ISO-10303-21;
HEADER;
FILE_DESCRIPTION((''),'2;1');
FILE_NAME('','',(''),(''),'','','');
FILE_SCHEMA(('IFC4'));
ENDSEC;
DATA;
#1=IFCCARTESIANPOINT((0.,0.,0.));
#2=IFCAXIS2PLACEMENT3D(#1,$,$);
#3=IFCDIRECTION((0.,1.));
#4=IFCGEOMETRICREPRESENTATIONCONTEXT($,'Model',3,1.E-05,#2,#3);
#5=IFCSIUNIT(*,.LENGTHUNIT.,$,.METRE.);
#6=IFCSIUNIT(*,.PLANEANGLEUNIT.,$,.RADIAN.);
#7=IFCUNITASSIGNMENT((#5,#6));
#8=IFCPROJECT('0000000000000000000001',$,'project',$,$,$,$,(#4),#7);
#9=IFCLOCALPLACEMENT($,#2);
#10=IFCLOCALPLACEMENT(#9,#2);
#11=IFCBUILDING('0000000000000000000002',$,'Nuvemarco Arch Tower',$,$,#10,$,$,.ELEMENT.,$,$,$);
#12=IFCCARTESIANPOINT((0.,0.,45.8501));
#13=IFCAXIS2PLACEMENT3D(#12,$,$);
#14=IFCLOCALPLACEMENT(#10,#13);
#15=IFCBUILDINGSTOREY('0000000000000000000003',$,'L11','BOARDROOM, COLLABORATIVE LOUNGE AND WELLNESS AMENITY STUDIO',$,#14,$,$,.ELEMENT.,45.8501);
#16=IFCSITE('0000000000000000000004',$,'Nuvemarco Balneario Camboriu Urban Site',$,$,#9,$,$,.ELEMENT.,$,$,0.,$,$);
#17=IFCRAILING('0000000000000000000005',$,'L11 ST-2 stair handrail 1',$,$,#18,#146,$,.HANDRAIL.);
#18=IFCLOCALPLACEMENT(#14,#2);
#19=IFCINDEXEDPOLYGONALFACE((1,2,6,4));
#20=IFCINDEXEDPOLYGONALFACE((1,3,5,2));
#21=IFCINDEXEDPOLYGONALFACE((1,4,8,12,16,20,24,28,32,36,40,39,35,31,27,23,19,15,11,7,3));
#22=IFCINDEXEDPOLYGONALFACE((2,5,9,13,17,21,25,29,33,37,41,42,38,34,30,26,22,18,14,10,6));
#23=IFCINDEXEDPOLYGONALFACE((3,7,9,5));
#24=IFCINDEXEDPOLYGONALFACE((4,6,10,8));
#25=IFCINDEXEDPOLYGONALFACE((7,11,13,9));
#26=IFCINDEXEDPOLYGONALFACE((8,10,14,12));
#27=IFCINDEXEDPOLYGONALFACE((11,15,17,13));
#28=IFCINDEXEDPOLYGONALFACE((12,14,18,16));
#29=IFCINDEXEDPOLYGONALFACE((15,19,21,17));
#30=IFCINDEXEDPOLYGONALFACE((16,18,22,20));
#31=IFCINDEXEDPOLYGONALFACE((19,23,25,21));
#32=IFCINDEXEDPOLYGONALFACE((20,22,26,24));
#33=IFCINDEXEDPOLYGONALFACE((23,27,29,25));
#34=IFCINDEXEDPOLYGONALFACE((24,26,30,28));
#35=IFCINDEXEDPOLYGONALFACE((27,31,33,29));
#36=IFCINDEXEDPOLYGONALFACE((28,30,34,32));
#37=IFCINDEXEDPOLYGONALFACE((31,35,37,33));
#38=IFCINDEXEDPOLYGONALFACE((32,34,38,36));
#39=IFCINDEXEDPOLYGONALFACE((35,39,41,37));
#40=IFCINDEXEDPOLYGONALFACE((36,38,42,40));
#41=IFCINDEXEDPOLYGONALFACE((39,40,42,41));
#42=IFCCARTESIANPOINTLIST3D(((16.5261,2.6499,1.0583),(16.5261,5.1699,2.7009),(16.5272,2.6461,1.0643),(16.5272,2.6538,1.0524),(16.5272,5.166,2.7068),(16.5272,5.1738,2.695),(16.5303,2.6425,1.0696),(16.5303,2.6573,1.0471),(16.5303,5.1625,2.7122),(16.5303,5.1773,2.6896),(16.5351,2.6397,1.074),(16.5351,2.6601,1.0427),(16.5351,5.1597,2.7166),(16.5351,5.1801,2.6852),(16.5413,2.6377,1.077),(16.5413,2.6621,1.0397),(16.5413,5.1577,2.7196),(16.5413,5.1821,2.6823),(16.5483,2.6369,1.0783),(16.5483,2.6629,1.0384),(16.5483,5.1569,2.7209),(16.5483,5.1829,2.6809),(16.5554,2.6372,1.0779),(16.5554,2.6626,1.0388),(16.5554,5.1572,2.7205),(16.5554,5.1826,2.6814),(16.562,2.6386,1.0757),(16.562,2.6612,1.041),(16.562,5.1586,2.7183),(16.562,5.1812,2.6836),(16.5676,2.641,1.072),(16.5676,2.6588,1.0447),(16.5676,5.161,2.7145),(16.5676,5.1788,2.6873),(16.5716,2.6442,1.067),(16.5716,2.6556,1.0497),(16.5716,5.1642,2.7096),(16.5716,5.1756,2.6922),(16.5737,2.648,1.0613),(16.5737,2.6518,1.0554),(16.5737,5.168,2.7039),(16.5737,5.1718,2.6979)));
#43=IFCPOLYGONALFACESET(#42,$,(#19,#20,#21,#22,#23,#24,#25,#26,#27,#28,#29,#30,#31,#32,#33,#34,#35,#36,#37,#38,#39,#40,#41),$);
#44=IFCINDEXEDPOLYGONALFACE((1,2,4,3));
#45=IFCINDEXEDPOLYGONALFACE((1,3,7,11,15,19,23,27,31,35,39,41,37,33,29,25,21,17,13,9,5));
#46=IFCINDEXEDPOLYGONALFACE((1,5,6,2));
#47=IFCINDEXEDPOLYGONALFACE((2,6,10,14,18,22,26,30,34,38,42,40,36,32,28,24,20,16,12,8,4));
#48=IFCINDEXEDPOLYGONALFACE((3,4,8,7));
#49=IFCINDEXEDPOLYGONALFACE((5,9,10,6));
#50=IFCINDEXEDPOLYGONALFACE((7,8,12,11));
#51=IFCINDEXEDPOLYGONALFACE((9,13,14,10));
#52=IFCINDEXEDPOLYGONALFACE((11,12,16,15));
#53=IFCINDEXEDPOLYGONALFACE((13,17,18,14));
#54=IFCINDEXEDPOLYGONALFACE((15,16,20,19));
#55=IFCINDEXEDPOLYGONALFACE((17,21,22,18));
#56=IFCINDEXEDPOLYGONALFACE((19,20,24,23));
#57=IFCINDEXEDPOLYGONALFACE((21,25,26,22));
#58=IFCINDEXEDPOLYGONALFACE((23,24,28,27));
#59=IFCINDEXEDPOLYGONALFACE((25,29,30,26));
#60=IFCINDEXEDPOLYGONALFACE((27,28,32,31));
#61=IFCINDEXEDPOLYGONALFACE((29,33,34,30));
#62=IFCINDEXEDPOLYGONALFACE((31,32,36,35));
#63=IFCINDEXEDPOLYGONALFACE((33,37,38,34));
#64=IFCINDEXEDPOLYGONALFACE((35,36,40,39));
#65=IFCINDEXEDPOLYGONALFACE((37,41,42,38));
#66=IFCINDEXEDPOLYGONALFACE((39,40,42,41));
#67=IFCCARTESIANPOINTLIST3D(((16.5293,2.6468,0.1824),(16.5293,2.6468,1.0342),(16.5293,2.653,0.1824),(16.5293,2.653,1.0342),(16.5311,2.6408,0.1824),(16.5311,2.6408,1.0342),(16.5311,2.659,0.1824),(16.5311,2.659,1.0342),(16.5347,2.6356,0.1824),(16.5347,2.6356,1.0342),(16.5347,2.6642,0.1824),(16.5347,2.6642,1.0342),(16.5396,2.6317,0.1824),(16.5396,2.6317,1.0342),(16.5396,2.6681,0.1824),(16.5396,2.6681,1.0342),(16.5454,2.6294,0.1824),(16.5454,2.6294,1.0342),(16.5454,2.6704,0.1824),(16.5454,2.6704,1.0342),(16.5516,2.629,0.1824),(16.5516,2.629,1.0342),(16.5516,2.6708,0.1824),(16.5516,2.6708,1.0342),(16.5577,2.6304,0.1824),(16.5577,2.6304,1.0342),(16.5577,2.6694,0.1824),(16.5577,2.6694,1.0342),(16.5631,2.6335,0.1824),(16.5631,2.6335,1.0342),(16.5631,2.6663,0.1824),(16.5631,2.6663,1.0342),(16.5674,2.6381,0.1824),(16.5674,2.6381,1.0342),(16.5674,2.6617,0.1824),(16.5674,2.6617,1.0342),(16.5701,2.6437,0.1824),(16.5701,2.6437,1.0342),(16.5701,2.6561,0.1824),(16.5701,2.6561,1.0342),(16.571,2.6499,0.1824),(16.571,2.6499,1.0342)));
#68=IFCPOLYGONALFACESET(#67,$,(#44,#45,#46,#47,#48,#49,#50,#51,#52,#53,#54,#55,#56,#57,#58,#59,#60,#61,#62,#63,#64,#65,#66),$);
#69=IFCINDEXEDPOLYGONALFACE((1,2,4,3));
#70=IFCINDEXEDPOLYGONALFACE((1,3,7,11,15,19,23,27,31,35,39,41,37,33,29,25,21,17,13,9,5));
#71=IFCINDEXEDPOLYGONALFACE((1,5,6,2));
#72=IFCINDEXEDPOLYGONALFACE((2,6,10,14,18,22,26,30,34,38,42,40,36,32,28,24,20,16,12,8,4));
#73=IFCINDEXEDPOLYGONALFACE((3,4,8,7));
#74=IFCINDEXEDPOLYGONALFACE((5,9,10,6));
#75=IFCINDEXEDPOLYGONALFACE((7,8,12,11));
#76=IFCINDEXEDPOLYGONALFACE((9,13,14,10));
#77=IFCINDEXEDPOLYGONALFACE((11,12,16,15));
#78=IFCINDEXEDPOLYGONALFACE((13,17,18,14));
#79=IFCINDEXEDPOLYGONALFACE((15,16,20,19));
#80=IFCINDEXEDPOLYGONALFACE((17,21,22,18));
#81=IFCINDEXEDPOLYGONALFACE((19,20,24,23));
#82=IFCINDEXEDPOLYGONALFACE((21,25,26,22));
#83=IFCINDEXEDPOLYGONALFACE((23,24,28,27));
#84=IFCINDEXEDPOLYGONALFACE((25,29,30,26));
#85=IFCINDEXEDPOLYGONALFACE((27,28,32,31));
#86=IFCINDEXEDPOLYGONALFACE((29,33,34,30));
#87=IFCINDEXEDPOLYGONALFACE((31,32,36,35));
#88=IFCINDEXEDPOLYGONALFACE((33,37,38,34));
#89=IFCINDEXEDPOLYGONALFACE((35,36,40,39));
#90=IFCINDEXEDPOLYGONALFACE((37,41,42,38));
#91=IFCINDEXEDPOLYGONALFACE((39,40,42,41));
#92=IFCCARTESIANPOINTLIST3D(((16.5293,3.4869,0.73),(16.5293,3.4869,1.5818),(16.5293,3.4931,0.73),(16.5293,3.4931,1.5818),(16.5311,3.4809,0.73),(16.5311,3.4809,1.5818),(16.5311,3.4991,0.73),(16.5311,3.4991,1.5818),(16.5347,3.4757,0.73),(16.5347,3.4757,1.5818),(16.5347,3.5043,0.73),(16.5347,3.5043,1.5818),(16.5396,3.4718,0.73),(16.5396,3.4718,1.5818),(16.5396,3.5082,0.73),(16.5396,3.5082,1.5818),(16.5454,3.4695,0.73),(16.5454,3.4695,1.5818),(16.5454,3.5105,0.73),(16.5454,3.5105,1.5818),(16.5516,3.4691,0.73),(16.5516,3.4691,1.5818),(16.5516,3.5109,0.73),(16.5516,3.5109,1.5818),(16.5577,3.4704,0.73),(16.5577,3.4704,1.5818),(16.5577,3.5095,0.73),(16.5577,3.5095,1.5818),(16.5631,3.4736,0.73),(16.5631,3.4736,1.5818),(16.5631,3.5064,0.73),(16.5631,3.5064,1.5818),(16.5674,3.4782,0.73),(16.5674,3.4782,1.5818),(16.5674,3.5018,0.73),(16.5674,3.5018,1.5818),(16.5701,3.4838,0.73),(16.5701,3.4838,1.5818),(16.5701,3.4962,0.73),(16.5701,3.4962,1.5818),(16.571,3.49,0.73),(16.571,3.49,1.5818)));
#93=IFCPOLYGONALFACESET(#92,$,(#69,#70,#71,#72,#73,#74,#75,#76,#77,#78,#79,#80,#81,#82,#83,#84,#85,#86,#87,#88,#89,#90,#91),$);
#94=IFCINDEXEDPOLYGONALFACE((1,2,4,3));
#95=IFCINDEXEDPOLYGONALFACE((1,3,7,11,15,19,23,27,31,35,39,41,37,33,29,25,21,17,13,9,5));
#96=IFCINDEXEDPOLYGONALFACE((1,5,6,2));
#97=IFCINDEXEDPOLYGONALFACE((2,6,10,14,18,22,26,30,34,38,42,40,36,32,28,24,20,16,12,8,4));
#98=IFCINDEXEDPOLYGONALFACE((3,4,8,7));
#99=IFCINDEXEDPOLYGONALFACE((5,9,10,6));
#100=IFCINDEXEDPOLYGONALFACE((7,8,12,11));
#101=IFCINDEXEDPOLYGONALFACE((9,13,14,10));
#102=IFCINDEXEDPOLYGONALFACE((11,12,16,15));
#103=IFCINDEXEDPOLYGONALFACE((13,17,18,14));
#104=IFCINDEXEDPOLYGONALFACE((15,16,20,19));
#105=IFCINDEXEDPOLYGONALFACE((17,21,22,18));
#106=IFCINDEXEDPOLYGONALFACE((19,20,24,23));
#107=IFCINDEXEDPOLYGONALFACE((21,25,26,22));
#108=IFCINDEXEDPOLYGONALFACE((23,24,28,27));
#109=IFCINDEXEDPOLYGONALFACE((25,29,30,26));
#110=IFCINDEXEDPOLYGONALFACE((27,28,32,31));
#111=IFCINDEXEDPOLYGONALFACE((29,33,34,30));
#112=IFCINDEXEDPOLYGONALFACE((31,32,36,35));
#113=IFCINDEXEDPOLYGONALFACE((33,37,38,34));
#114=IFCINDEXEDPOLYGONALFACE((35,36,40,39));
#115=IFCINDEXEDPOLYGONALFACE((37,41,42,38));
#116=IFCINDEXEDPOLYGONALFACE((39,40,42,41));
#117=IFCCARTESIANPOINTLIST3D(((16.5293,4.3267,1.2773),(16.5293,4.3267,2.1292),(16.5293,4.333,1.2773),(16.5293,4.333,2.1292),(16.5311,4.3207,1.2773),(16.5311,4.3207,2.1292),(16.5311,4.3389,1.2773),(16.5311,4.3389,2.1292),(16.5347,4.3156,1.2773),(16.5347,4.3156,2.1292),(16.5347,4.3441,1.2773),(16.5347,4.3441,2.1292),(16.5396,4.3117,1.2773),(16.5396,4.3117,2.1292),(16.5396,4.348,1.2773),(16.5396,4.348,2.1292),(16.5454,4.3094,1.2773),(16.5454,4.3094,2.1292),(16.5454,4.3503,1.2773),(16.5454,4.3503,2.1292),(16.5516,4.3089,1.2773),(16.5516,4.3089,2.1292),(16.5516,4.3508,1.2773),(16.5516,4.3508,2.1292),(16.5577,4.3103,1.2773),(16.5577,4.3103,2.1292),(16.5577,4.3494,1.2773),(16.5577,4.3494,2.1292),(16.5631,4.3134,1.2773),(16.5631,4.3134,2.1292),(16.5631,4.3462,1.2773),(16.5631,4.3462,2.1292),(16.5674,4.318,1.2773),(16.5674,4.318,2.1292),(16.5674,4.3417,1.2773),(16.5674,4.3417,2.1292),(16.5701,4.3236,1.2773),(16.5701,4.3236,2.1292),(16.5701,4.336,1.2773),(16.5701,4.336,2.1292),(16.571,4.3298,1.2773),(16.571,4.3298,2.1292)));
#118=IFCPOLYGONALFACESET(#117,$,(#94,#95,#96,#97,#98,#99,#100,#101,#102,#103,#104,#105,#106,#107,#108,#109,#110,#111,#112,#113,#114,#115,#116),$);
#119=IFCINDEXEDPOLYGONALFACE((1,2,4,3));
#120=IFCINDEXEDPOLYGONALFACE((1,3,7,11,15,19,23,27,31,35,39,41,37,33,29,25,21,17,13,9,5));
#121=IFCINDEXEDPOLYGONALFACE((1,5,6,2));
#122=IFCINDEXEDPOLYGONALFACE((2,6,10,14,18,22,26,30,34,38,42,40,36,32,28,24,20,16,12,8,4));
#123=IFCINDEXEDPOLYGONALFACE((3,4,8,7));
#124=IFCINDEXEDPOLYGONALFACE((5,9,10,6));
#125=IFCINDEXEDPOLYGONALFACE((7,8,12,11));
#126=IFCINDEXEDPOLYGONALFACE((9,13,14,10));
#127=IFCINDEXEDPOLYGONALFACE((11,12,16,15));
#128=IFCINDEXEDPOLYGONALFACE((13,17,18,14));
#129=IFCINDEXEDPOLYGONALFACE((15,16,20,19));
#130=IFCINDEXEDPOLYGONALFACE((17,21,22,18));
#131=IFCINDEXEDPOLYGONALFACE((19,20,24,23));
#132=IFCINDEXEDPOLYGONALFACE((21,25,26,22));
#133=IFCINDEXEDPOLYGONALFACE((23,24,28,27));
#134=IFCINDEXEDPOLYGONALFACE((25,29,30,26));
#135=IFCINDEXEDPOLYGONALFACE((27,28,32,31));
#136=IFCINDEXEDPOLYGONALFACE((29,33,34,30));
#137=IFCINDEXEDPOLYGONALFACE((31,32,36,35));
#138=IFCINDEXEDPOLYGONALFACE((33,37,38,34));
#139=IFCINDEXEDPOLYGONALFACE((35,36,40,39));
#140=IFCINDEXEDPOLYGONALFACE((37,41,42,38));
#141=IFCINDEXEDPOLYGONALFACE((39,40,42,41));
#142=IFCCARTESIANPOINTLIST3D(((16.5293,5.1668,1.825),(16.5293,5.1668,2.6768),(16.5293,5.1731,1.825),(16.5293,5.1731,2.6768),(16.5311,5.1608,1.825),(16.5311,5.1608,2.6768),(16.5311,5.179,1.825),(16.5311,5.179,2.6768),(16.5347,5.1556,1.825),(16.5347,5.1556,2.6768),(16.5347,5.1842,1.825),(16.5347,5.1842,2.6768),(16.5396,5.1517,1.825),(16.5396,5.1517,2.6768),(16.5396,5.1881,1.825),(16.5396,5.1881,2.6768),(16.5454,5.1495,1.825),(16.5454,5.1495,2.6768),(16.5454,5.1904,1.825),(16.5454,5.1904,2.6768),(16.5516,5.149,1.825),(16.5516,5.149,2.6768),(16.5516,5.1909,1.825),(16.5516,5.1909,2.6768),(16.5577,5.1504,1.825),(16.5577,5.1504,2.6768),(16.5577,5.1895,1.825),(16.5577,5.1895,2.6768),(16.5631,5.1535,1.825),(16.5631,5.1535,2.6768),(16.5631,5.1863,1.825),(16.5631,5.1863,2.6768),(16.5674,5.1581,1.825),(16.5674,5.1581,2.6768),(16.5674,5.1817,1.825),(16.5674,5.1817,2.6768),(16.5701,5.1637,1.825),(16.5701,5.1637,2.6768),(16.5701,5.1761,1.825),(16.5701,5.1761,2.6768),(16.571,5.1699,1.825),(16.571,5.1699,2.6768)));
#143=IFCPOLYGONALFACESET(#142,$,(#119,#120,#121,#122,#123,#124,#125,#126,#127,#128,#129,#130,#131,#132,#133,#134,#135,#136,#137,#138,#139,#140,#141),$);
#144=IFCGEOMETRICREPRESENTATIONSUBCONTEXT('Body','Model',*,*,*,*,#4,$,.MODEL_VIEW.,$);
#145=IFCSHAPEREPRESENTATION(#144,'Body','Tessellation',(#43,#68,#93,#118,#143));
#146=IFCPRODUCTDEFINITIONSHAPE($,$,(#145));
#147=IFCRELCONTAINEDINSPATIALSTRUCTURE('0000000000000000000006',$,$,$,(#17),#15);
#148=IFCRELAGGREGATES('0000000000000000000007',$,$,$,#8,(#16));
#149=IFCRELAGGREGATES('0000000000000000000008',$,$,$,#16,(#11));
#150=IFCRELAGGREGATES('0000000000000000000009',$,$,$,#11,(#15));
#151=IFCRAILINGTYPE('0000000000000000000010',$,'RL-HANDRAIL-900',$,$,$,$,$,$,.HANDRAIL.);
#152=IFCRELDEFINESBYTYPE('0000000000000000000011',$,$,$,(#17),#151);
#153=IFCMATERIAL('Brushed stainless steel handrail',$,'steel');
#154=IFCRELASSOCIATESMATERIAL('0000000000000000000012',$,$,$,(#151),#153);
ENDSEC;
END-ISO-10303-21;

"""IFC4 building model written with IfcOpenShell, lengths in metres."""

from ifc_helpers import new_model, si_unit, direction, frame, origin, origin_2d, place, context, subcontext, project, spatial, circle, extrude, material, type_object, element, save


model = new_model("IFC4")

# Units and contexts
model_context = context("Model", 3, precision=1e-05, world=origin(), true_north=direction((0.0, 1.0)))
body_context = subcontext(model_context, "Body", "Model", "MODEL_VIEW")
ifc_project = project(units=[si_unit("LENGTHUNIT", "METRE"), si_unit("PLANEANGLEUNIT", "RADIAN")], contexts=[model_context])

# Site, building, storey
site_placement = place(None, origin())
site = spatial("IfcSite", under=ifc_project, at=site_placement, Name="Nuvemarco Balneario Camboriu Urban Site", CompositionType="ELEMENT", RefElevation=0.0)
building_placement = place(site_placement, origin())
building = spatial("IfcBuilding", under=site, at=building_placement, Name="Nuvemarco Arch Tower", CompositionType="ELEMENT")
storey_placement = place(building_placement, frame((0.0, 0.0, 45.8501)))
storey = spatial("IfcBuildingStorey", under=building, at=storey_placement, Name="L11", Description="BOARDROOM, COLLABORATIVE LOUNGE AND WELLNESS AMENITY STUDIO", CompositionType="ELEMENT", Elevation=45.8501)

# Railing
ifc_material_1 = material(Name="Brushed stainless steel handrail", Category="steel")
railing_type_1 = type_object("IfcRailingType", Name="RL-HANDRAIL-900", PredefinedType="HANDRAIL", material=ifc_material_1)
railing_1_placement = place(storey_placement, frame((16.55, 2.6499, 0.1824)))
element("IfcRailing", 1, at=railing_1_placement, inside=storey, type_object=railing_type_1, Name="L11 ST-2 stair handrail 1", PredefinedType="HANDRAIL", context=body_context, shape_type="SweptSolid", body=[
    extrude(circle(Radius=0.0239, at=origin_2d()), frame((0.0, 0.0, 0.876), z_axis=(0.0, 0.837749, 0.546055), x_axis=(-1.0, 0.0, 0.0)), (0.0, 0.0, 1.0), 3.0081),
    extrude(circle(Radius=0.021, at=origin_2d()), origin(), (0.0, 0.0, 1.0), 0.8518),
    extrude(circle(Radius=0.021, at=origin_2d()), frame((0.0, 0.8401, 0.5476)), (0.0, 0.0, 1.0), 0.8518),
    extrude(circle(Radius=0.021, at=origin_2d()), frame((0.0, 1.6799, 1.095)), (0.0, 0.0, 1.0), 0.8518),
    extrude(circle(Radius=0.021, at=origin_2d()), frame((0.0, 2.52, 1.6426)), (0.0, 0.0, 1.0), 0.8518),
])

save(model, "model.ifc")
